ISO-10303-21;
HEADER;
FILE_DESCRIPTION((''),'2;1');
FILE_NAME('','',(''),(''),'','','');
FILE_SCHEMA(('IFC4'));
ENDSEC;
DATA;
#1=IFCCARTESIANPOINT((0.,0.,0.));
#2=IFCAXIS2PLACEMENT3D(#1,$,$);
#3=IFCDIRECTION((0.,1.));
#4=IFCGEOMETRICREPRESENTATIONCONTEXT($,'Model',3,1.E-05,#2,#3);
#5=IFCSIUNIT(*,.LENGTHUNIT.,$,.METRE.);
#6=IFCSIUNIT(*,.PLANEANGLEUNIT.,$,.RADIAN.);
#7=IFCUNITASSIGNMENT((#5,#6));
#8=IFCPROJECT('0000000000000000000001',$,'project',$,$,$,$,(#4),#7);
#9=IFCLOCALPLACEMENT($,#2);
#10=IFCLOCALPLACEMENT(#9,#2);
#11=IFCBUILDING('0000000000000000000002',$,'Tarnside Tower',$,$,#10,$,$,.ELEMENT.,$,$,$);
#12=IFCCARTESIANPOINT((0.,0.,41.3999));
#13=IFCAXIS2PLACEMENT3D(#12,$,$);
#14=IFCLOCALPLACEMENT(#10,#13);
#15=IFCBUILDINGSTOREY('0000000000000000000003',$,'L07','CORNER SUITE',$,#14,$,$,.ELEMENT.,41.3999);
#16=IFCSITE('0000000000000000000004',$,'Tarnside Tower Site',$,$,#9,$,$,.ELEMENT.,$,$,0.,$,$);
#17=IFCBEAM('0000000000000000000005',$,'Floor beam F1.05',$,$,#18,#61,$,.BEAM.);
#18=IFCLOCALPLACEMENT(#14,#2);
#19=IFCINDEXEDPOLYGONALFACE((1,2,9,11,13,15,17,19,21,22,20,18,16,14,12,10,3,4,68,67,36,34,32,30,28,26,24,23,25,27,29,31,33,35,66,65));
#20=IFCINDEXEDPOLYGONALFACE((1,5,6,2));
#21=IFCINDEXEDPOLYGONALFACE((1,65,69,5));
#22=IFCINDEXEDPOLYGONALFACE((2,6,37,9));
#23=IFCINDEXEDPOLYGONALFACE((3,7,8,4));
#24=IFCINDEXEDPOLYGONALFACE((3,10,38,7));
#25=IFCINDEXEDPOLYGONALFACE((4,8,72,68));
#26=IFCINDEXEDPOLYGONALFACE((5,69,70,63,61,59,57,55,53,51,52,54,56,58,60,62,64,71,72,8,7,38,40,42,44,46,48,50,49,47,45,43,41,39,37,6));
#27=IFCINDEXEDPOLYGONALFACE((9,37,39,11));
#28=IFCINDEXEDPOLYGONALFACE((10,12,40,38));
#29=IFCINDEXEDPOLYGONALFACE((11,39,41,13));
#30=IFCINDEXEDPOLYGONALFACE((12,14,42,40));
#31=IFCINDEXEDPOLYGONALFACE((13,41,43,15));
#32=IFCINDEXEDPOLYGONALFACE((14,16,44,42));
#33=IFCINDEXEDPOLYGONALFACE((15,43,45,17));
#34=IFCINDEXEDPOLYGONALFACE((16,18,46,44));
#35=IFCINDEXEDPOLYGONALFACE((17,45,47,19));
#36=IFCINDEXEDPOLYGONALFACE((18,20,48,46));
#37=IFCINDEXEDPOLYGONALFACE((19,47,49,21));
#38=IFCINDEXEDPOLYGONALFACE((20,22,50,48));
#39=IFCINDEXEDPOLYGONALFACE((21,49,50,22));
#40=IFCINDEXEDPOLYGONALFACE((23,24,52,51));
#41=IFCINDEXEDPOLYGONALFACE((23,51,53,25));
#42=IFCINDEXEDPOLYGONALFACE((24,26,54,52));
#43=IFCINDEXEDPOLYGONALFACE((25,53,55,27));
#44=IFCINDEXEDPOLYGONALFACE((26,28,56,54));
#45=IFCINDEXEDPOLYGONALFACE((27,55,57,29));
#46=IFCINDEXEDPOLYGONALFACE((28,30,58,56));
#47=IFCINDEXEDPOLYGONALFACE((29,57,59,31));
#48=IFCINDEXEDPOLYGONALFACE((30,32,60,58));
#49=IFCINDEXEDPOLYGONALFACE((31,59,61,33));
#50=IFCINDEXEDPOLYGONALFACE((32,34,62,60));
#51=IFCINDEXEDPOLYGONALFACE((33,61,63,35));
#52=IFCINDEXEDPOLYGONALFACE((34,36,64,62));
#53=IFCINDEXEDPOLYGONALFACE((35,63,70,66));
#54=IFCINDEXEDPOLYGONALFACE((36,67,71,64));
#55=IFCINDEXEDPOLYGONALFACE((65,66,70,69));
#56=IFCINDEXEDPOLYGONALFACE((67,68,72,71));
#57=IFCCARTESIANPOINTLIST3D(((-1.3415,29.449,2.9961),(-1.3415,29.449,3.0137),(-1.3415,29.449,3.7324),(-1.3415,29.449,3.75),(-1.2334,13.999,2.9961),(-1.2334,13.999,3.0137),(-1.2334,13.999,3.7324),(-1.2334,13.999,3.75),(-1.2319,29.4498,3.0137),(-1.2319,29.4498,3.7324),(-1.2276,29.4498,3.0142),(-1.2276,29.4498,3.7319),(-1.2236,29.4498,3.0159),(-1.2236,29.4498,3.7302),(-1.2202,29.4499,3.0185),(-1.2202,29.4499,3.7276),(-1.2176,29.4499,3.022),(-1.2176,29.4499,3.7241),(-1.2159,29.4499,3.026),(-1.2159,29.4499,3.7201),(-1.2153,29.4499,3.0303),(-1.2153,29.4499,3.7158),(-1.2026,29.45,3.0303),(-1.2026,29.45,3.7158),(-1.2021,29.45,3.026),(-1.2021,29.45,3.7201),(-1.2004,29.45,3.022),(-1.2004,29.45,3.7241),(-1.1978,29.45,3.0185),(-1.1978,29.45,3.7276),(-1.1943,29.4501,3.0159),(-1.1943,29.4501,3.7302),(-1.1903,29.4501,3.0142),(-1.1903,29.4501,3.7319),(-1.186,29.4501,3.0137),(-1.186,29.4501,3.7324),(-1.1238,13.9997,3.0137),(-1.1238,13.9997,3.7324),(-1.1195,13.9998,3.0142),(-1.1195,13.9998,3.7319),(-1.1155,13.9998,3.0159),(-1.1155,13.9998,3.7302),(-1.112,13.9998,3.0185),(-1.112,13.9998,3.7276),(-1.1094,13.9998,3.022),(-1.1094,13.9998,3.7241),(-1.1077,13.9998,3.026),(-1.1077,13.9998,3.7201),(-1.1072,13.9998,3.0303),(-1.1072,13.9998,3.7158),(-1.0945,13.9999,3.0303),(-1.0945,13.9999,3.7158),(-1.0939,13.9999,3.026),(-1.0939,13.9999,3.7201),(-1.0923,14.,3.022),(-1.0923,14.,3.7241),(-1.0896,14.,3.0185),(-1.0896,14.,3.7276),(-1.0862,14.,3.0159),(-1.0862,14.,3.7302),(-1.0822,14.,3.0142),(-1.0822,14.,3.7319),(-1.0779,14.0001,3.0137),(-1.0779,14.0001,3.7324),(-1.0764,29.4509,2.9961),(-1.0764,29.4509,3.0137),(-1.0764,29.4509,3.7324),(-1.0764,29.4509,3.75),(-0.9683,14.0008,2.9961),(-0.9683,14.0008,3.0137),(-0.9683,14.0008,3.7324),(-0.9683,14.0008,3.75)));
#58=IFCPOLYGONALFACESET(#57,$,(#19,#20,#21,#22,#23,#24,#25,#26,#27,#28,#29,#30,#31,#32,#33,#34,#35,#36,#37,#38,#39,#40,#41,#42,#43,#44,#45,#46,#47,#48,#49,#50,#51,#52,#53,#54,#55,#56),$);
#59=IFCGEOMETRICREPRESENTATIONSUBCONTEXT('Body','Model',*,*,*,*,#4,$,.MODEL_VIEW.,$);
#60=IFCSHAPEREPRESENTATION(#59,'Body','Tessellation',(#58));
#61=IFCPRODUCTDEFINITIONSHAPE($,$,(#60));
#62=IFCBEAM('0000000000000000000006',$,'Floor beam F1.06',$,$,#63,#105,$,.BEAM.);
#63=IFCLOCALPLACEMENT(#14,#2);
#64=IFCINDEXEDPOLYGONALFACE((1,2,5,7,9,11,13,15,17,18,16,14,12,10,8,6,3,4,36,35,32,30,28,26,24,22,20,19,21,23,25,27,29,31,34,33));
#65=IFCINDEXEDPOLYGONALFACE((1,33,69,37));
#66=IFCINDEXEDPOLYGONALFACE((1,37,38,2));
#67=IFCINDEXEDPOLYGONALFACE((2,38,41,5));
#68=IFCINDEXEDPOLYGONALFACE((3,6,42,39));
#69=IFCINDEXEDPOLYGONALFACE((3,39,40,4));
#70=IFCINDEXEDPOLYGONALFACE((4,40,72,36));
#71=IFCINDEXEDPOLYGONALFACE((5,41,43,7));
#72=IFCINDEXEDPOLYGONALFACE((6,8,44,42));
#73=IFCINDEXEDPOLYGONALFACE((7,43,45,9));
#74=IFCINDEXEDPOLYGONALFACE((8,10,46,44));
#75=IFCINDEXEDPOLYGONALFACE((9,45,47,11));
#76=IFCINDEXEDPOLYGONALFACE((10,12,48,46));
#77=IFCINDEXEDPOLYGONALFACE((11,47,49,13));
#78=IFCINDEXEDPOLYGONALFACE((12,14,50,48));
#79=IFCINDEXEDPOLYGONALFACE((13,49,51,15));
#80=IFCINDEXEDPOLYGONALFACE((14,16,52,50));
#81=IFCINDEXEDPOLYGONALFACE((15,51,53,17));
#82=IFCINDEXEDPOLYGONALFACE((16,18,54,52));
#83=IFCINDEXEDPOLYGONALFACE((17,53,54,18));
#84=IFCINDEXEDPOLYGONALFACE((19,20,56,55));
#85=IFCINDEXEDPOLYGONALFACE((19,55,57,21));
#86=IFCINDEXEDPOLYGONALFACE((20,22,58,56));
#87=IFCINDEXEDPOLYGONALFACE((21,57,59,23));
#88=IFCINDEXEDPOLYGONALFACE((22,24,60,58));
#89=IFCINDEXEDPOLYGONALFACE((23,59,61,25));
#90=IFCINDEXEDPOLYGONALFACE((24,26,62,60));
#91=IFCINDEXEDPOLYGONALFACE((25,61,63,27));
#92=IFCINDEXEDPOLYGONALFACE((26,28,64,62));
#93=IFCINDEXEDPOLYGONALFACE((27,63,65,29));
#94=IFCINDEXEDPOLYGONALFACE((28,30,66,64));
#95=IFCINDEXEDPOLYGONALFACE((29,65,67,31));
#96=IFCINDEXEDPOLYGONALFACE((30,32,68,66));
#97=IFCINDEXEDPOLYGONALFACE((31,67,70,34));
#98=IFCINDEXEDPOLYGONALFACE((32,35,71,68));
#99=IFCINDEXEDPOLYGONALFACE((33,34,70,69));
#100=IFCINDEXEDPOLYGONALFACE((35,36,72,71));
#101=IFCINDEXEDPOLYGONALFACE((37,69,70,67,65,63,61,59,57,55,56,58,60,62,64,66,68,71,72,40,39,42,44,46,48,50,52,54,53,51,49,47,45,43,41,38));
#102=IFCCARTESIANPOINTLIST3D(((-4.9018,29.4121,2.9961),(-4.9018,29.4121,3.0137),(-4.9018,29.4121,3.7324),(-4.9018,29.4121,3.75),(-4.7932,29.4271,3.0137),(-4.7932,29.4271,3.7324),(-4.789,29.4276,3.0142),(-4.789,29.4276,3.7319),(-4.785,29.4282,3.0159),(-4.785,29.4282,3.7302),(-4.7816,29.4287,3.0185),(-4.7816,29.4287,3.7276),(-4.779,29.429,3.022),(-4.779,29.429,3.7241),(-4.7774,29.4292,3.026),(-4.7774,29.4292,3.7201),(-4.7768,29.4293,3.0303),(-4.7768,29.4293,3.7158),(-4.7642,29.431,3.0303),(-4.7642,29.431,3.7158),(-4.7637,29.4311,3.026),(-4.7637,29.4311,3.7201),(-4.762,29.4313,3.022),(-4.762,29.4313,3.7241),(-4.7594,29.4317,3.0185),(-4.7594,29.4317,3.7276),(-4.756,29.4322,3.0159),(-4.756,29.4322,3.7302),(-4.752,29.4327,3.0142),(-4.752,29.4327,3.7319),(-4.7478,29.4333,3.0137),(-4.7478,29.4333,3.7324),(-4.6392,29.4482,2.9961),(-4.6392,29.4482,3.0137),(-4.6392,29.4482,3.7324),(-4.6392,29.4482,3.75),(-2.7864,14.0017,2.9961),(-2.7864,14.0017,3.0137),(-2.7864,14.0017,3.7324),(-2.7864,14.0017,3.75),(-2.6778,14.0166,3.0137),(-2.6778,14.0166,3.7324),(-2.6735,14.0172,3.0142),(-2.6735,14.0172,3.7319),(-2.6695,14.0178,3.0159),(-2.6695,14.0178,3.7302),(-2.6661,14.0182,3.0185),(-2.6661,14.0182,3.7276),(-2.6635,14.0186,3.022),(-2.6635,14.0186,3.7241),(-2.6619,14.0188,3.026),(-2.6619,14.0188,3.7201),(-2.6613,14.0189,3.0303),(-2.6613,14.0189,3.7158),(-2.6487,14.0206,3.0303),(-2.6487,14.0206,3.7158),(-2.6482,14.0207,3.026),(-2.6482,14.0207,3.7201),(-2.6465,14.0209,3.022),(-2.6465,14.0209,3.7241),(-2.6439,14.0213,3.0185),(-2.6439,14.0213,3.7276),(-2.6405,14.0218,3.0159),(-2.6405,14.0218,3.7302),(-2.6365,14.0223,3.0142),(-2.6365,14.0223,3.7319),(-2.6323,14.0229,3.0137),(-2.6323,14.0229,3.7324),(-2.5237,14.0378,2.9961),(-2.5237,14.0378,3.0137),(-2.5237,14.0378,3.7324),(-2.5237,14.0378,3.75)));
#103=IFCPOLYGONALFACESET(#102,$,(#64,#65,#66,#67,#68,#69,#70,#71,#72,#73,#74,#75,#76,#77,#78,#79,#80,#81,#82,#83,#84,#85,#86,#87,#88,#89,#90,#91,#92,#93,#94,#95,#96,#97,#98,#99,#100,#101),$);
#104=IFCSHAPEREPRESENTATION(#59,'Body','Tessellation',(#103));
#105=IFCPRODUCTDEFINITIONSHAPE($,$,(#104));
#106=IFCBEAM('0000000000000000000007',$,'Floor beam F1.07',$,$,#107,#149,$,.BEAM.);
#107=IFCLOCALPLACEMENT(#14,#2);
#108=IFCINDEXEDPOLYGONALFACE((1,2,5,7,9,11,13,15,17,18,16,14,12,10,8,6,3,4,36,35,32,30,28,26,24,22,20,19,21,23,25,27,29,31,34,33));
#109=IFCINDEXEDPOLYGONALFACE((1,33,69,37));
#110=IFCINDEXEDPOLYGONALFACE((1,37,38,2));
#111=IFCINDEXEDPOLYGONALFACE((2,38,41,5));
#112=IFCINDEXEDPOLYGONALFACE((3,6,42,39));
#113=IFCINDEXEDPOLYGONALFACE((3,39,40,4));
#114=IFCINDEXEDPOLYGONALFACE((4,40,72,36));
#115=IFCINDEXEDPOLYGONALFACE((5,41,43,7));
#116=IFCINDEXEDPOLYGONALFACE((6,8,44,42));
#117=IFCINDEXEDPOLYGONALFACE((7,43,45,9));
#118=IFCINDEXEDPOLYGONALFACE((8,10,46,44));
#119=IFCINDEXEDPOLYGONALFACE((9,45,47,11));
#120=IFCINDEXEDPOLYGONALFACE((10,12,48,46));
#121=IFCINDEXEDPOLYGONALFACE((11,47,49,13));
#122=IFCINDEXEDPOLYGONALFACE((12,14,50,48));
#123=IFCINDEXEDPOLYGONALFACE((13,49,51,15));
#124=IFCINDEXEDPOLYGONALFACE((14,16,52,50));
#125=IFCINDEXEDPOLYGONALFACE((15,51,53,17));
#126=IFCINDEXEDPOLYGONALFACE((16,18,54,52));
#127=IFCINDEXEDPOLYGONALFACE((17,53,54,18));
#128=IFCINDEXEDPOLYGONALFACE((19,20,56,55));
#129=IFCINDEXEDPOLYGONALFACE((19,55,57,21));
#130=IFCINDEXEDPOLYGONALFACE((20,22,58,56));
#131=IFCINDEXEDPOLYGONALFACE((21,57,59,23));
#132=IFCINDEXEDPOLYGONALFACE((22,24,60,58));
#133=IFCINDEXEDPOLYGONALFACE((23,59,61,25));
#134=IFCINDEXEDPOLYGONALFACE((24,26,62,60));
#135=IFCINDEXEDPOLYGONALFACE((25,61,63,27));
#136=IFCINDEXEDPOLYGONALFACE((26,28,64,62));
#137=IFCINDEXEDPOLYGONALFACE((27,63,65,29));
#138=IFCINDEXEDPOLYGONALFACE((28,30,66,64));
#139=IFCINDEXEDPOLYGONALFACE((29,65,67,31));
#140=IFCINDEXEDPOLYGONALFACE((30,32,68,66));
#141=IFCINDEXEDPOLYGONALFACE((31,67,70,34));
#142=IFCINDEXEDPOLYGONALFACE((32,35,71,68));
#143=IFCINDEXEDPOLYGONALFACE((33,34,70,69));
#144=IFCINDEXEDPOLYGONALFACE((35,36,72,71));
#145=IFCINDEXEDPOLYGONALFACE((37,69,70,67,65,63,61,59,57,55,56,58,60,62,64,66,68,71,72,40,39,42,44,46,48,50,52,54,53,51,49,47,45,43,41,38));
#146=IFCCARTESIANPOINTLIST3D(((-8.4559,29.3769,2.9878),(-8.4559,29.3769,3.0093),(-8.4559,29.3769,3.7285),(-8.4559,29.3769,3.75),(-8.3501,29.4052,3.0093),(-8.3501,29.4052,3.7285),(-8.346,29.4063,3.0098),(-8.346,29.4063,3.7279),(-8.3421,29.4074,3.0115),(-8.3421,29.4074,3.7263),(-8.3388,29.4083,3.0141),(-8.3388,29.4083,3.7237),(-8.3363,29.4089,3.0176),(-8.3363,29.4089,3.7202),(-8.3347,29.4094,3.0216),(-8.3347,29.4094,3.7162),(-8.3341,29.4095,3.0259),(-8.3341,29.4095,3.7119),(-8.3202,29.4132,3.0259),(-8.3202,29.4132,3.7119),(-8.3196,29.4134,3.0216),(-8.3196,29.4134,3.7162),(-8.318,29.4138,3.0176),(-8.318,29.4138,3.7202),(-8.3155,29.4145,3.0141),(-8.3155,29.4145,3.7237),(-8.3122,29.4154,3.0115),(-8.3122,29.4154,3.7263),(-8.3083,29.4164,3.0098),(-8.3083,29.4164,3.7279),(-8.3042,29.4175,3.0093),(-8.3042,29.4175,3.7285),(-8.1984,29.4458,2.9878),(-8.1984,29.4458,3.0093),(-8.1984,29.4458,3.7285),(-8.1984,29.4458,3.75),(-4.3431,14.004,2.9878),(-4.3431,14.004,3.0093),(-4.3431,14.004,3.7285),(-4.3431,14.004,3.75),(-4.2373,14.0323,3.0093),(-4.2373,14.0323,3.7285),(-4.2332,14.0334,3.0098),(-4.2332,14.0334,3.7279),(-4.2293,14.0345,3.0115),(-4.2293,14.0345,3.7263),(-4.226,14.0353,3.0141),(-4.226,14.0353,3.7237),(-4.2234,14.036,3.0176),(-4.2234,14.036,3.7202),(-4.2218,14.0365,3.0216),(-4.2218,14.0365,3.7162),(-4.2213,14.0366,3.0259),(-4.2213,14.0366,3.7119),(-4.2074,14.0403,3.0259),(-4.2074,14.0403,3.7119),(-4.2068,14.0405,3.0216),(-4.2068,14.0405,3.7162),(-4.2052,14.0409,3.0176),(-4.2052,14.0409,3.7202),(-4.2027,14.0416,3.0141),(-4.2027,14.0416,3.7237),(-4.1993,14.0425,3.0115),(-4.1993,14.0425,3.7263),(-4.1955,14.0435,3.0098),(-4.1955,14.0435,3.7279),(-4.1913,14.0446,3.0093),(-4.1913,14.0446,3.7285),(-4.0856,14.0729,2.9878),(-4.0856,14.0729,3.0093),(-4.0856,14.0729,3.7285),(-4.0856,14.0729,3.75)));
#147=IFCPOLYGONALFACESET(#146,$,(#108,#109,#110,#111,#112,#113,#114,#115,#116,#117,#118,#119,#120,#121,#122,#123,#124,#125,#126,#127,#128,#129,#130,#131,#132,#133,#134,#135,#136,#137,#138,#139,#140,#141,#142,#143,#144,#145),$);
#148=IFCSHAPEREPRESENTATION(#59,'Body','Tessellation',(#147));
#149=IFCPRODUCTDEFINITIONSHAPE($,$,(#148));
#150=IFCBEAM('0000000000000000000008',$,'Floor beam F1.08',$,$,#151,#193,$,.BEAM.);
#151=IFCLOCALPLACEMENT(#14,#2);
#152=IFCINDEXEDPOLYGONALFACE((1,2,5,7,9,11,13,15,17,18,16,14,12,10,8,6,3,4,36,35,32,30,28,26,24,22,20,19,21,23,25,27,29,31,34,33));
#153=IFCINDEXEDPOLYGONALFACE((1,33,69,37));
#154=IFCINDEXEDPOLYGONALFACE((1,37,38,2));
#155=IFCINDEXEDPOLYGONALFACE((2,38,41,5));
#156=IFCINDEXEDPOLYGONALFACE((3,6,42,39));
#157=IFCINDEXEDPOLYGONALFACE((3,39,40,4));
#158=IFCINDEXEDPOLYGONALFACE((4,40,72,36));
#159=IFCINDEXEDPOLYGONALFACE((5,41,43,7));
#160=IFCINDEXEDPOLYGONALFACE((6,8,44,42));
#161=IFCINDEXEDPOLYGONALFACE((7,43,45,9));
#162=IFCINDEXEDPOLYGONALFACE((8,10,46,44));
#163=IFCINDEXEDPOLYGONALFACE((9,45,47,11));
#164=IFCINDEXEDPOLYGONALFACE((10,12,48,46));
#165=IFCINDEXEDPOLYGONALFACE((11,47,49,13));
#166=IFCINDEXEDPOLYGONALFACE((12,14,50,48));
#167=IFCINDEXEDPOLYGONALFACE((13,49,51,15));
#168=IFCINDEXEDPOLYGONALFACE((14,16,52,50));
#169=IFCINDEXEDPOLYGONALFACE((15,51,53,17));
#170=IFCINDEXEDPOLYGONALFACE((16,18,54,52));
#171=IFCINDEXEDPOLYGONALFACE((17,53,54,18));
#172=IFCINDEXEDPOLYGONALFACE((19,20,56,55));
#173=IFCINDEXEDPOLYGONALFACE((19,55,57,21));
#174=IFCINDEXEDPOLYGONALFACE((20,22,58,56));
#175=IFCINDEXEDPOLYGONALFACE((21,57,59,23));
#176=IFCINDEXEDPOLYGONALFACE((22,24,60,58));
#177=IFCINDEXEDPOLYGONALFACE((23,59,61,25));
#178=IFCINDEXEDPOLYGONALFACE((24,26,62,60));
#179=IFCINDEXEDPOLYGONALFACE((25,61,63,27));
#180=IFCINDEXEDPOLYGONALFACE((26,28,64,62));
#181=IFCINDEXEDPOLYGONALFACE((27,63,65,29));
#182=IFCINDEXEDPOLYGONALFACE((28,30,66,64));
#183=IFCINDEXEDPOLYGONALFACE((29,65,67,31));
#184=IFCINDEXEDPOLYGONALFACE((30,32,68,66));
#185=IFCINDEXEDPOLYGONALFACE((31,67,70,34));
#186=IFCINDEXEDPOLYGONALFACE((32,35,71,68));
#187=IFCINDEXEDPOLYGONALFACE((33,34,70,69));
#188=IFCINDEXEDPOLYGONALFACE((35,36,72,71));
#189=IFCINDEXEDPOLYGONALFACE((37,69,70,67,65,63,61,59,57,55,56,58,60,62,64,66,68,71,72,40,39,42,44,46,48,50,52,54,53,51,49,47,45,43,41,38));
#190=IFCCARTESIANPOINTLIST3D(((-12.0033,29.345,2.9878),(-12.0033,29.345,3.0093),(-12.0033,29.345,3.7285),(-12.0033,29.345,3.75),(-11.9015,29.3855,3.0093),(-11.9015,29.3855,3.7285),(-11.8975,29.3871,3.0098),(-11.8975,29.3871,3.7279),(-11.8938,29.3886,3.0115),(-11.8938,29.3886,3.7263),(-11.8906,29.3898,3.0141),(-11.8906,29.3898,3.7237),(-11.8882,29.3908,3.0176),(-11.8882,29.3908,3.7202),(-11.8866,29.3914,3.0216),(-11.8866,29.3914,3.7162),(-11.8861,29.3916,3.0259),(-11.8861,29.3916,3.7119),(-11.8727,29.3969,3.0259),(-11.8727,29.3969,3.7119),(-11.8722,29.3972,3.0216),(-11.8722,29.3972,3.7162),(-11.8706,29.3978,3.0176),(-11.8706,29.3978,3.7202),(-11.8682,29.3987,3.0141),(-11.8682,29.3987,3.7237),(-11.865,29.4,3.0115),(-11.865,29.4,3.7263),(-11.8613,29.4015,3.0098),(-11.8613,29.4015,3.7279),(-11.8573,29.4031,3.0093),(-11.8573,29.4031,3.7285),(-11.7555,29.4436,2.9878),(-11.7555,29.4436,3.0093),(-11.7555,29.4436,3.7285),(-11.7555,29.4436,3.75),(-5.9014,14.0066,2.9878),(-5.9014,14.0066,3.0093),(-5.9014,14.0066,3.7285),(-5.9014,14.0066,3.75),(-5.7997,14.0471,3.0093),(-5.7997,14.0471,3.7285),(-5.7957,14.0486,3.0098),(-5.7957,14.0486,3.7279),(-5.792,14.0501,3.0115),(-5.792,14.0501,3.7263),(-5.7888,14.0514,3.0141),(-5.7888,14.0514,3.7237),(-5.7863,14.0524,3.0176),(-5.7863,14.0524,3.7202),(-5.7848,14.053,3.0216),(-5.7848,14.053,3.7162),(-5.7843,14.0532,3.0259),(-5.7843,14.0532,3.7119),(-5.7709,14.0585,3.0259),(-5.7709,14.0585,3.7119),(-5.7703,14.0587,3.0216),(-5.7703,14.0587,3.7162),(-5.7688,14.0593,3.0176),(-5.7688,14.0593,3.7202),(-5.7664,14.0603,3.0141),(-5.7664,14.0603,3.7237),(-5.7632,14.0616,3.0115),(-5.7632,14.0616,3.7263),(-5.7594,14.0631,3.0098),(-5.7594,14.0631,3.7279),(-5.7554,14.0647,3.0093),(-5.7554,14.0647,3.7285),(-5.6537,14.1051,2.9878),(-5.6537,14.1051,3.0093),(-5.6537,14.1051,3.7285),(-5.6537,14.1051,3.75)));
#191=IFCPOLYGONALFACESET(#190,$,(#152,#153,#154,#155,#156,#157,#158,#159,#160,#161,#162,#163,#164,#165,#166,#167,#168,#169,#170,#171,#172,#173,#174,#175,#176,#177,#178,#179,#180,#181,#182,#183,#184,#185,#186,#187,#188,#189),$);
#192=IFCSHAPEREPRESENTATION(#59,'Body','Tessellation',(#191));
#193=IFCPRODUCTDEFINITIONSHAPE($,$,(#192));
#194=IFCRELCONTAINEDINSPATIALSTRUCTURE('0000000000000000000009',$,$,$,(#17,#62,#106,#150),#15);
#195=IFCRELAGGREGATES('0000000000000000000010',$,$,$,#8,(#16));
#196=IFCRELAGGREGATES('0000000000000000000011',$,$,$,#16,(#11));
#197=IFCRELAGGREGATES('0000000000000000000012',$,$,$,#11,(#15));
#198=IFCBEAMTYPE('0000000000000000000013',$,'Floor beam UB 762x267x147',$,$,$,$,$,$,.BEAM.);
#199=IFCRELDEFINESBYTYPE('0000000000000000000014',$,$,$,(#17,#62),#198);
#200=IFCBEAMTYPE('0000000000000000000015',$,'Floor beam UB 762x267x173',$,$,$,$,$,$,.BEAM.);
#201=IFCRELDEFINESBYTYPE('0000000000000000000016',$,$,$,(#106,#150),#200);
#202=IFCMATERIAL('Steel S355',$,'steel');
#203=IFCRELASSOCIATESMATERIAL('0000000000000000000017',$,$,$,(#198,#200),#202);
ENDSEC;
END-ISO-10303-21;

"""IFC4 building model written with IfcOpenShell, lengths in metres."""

from ifc_helpers import new_model, si_unit, direction, frame, origin, origin_2d, place, context, subcontext, project, spatial, i_section, extrude, material, material_profile, profile_set, type_object, element, save


model = new_model("IFC4")

# Units and contexts
model_context = context("Model", 3, precision=1e-05, world=origin(), true_north=direction((0.0, 1.0)))
body_context = subcontext(model_context, "Body", "Model", "MODEL_VIEW")
ifc_project = project(units=[si_unit("LENGTHUNIT", "METRE"), si_unit("PLANEANGLEUNIT", "RADIAN")], contexts=[model_context])

# Site, building, storey
site_placement = place(None, origin())
site = spatial("IfcSite", under=ifc_project, at=site_placement, Name="Tarnside Tower Site", CompositionType="ELEMENT", RefElevation=0.0)
building_placement = place(site_placement, origin())
building = spatial("IfcBuilding", under=site, at=building_placement, Name="Tarnside Tower", CompositionType="ELEMENT")
storey_placement = place(building_placement, frame((0.0, 0.0, 41.3999)))
storey = spatial("IfcBuildingStorey", under=building, at=storey_placement, Name="L07", Description="CORNER SUITE", CompositionType="ELEMENT", Elevation=41.3999)

# Beams
ifc_material_1 = material(Name="Steel S355", Category="steel")
ifc_material_profile_1 = material_profile(ifc_material_1, i_section(OverallWidth=0.2651, OverallDepth=0.7539, WebThickness=0.0127, FlangeThickness=0.0176, FilletRadius=0.0166, at=origin_2d()), Name="UB 762x267x147")
ifc_profile_set_1 = profile_set([ifc_material_profile_1], Name="Steel S355")
beam_type_1 = type_object("IfcBeamType", Name="Floor beam UB 762x267x147", PredefinedType="BEAM", material=ifc_profile_set_1)
beam_1_placement = place(storey_placement, frame((-1.209, 29.45, 3.373), z_axis=(0.007, -0.999975, 0.0), x_axis=(0.999975, 0.007, 0.0)))
element("IfcBeam", 1, at=beam_1_placement, inside=storey, type_object=beam_type_1, Name="Floor beam F1.05", PredefinedType="BEAM", context=body_context, shape_type="SweptSolid", body=[
    extrude(i_section(OverallWidth=0.2651, OverallDepth=0.7539, WebThickness=0.0127, FlangeThickness=0.0176, FilletRadius=0.0166, at=origin_2d()), origin(), (0.0, 0.0, 1.0), 15.4504),
])
beam_2_placement = place(storey_placement, frame((-4.7705, 29.4302, 3.373), z_axis=(0.136001, -0.990709, 0.0), x_axis=(0.990709, 0.136001, 0.0)))
element("IfcBeam", 2, at=beam_2_placement, inside=storey, type_object=beam_type_1, Name="Floor beam F1.06", PredefinedType="BEAM", context=body_context, shape_type="SweptSolid", body=[
    extrude(i_section(OverallWidth=0.2651, OverallDepth=0.7539, WebThickness=0.0127, FlangeThickness=0.0176, FilletRadius=0.0166, at=origin_2d()), origin(), (0.0, 0.0, 1.0), 15.5549),
])
ifc_material_profile_2 = material_profile(ifc_material_1, i_section(OverallWidth=0.2666, OverallDepth=0.7622, WebThickness=0.0144, FlangeThickness=0.0215, FilletRadius=0.0166, at=origin_2d()), Name="UB 762x267x173")
ifc_profile_set_2 = profile_set([ifc_material_profile_2], Name="Steel S355")
beam_type_2 = type_object("IfcBeamType", Name="Floor beam UB 762x267x173", PredefinedType="BEAM", material=ifc_profile_set_2)
beam_3_placement = place(storey_placement, frame((-8.3271, 29.4114, 3.3689), z_axis=(0.258447, -0.966025, 0.0), x_axis=(0.966025, 0.258447, 0.0)))
element("IfcBeam", 3, at=beam_3_placement, inside=storey, type_object=beam_type_2, Name="Floor beam F1.07", PredefinedType="BEAM", context=body_context, shape_type="SweptSolid", body=[
    extrude(i_section(OverallWidth=0.2666, OverallDepth=0.7622, WebThickness=0.0144, FlangeThickness=0.0215, FilletRadius=0.0166, at=origin_2d()), origin(), (0.0, 0.0, 1.0), 15.9136),
])
beam_4_placement = place(storey_placement, frame((-11.8794, 29.3943, 3.3689), z_axis=(0.369638, -0.929176, 0.0), x_axis=(0.929176, 0.369638, 0.0)))
element("IfcBeam", 4, at=beam_4_placement, inside=storey, type_object=beam_type_2, Name="Floor beam F1.08", PredefinedType="BEAM", context=body_context, shape_type="SweptSolid", body=[
    extrude(i_section(OverallWidth=0.2666, OverallDepth=0.7622, WebThickness=0.0144, FlangeThickness=0.0215, FilletRadius=0.0166, at=origin_2d()), origin(), (0.0, 0.0, 1.0), 16.5076),
])

save(model, "model.ifc")
